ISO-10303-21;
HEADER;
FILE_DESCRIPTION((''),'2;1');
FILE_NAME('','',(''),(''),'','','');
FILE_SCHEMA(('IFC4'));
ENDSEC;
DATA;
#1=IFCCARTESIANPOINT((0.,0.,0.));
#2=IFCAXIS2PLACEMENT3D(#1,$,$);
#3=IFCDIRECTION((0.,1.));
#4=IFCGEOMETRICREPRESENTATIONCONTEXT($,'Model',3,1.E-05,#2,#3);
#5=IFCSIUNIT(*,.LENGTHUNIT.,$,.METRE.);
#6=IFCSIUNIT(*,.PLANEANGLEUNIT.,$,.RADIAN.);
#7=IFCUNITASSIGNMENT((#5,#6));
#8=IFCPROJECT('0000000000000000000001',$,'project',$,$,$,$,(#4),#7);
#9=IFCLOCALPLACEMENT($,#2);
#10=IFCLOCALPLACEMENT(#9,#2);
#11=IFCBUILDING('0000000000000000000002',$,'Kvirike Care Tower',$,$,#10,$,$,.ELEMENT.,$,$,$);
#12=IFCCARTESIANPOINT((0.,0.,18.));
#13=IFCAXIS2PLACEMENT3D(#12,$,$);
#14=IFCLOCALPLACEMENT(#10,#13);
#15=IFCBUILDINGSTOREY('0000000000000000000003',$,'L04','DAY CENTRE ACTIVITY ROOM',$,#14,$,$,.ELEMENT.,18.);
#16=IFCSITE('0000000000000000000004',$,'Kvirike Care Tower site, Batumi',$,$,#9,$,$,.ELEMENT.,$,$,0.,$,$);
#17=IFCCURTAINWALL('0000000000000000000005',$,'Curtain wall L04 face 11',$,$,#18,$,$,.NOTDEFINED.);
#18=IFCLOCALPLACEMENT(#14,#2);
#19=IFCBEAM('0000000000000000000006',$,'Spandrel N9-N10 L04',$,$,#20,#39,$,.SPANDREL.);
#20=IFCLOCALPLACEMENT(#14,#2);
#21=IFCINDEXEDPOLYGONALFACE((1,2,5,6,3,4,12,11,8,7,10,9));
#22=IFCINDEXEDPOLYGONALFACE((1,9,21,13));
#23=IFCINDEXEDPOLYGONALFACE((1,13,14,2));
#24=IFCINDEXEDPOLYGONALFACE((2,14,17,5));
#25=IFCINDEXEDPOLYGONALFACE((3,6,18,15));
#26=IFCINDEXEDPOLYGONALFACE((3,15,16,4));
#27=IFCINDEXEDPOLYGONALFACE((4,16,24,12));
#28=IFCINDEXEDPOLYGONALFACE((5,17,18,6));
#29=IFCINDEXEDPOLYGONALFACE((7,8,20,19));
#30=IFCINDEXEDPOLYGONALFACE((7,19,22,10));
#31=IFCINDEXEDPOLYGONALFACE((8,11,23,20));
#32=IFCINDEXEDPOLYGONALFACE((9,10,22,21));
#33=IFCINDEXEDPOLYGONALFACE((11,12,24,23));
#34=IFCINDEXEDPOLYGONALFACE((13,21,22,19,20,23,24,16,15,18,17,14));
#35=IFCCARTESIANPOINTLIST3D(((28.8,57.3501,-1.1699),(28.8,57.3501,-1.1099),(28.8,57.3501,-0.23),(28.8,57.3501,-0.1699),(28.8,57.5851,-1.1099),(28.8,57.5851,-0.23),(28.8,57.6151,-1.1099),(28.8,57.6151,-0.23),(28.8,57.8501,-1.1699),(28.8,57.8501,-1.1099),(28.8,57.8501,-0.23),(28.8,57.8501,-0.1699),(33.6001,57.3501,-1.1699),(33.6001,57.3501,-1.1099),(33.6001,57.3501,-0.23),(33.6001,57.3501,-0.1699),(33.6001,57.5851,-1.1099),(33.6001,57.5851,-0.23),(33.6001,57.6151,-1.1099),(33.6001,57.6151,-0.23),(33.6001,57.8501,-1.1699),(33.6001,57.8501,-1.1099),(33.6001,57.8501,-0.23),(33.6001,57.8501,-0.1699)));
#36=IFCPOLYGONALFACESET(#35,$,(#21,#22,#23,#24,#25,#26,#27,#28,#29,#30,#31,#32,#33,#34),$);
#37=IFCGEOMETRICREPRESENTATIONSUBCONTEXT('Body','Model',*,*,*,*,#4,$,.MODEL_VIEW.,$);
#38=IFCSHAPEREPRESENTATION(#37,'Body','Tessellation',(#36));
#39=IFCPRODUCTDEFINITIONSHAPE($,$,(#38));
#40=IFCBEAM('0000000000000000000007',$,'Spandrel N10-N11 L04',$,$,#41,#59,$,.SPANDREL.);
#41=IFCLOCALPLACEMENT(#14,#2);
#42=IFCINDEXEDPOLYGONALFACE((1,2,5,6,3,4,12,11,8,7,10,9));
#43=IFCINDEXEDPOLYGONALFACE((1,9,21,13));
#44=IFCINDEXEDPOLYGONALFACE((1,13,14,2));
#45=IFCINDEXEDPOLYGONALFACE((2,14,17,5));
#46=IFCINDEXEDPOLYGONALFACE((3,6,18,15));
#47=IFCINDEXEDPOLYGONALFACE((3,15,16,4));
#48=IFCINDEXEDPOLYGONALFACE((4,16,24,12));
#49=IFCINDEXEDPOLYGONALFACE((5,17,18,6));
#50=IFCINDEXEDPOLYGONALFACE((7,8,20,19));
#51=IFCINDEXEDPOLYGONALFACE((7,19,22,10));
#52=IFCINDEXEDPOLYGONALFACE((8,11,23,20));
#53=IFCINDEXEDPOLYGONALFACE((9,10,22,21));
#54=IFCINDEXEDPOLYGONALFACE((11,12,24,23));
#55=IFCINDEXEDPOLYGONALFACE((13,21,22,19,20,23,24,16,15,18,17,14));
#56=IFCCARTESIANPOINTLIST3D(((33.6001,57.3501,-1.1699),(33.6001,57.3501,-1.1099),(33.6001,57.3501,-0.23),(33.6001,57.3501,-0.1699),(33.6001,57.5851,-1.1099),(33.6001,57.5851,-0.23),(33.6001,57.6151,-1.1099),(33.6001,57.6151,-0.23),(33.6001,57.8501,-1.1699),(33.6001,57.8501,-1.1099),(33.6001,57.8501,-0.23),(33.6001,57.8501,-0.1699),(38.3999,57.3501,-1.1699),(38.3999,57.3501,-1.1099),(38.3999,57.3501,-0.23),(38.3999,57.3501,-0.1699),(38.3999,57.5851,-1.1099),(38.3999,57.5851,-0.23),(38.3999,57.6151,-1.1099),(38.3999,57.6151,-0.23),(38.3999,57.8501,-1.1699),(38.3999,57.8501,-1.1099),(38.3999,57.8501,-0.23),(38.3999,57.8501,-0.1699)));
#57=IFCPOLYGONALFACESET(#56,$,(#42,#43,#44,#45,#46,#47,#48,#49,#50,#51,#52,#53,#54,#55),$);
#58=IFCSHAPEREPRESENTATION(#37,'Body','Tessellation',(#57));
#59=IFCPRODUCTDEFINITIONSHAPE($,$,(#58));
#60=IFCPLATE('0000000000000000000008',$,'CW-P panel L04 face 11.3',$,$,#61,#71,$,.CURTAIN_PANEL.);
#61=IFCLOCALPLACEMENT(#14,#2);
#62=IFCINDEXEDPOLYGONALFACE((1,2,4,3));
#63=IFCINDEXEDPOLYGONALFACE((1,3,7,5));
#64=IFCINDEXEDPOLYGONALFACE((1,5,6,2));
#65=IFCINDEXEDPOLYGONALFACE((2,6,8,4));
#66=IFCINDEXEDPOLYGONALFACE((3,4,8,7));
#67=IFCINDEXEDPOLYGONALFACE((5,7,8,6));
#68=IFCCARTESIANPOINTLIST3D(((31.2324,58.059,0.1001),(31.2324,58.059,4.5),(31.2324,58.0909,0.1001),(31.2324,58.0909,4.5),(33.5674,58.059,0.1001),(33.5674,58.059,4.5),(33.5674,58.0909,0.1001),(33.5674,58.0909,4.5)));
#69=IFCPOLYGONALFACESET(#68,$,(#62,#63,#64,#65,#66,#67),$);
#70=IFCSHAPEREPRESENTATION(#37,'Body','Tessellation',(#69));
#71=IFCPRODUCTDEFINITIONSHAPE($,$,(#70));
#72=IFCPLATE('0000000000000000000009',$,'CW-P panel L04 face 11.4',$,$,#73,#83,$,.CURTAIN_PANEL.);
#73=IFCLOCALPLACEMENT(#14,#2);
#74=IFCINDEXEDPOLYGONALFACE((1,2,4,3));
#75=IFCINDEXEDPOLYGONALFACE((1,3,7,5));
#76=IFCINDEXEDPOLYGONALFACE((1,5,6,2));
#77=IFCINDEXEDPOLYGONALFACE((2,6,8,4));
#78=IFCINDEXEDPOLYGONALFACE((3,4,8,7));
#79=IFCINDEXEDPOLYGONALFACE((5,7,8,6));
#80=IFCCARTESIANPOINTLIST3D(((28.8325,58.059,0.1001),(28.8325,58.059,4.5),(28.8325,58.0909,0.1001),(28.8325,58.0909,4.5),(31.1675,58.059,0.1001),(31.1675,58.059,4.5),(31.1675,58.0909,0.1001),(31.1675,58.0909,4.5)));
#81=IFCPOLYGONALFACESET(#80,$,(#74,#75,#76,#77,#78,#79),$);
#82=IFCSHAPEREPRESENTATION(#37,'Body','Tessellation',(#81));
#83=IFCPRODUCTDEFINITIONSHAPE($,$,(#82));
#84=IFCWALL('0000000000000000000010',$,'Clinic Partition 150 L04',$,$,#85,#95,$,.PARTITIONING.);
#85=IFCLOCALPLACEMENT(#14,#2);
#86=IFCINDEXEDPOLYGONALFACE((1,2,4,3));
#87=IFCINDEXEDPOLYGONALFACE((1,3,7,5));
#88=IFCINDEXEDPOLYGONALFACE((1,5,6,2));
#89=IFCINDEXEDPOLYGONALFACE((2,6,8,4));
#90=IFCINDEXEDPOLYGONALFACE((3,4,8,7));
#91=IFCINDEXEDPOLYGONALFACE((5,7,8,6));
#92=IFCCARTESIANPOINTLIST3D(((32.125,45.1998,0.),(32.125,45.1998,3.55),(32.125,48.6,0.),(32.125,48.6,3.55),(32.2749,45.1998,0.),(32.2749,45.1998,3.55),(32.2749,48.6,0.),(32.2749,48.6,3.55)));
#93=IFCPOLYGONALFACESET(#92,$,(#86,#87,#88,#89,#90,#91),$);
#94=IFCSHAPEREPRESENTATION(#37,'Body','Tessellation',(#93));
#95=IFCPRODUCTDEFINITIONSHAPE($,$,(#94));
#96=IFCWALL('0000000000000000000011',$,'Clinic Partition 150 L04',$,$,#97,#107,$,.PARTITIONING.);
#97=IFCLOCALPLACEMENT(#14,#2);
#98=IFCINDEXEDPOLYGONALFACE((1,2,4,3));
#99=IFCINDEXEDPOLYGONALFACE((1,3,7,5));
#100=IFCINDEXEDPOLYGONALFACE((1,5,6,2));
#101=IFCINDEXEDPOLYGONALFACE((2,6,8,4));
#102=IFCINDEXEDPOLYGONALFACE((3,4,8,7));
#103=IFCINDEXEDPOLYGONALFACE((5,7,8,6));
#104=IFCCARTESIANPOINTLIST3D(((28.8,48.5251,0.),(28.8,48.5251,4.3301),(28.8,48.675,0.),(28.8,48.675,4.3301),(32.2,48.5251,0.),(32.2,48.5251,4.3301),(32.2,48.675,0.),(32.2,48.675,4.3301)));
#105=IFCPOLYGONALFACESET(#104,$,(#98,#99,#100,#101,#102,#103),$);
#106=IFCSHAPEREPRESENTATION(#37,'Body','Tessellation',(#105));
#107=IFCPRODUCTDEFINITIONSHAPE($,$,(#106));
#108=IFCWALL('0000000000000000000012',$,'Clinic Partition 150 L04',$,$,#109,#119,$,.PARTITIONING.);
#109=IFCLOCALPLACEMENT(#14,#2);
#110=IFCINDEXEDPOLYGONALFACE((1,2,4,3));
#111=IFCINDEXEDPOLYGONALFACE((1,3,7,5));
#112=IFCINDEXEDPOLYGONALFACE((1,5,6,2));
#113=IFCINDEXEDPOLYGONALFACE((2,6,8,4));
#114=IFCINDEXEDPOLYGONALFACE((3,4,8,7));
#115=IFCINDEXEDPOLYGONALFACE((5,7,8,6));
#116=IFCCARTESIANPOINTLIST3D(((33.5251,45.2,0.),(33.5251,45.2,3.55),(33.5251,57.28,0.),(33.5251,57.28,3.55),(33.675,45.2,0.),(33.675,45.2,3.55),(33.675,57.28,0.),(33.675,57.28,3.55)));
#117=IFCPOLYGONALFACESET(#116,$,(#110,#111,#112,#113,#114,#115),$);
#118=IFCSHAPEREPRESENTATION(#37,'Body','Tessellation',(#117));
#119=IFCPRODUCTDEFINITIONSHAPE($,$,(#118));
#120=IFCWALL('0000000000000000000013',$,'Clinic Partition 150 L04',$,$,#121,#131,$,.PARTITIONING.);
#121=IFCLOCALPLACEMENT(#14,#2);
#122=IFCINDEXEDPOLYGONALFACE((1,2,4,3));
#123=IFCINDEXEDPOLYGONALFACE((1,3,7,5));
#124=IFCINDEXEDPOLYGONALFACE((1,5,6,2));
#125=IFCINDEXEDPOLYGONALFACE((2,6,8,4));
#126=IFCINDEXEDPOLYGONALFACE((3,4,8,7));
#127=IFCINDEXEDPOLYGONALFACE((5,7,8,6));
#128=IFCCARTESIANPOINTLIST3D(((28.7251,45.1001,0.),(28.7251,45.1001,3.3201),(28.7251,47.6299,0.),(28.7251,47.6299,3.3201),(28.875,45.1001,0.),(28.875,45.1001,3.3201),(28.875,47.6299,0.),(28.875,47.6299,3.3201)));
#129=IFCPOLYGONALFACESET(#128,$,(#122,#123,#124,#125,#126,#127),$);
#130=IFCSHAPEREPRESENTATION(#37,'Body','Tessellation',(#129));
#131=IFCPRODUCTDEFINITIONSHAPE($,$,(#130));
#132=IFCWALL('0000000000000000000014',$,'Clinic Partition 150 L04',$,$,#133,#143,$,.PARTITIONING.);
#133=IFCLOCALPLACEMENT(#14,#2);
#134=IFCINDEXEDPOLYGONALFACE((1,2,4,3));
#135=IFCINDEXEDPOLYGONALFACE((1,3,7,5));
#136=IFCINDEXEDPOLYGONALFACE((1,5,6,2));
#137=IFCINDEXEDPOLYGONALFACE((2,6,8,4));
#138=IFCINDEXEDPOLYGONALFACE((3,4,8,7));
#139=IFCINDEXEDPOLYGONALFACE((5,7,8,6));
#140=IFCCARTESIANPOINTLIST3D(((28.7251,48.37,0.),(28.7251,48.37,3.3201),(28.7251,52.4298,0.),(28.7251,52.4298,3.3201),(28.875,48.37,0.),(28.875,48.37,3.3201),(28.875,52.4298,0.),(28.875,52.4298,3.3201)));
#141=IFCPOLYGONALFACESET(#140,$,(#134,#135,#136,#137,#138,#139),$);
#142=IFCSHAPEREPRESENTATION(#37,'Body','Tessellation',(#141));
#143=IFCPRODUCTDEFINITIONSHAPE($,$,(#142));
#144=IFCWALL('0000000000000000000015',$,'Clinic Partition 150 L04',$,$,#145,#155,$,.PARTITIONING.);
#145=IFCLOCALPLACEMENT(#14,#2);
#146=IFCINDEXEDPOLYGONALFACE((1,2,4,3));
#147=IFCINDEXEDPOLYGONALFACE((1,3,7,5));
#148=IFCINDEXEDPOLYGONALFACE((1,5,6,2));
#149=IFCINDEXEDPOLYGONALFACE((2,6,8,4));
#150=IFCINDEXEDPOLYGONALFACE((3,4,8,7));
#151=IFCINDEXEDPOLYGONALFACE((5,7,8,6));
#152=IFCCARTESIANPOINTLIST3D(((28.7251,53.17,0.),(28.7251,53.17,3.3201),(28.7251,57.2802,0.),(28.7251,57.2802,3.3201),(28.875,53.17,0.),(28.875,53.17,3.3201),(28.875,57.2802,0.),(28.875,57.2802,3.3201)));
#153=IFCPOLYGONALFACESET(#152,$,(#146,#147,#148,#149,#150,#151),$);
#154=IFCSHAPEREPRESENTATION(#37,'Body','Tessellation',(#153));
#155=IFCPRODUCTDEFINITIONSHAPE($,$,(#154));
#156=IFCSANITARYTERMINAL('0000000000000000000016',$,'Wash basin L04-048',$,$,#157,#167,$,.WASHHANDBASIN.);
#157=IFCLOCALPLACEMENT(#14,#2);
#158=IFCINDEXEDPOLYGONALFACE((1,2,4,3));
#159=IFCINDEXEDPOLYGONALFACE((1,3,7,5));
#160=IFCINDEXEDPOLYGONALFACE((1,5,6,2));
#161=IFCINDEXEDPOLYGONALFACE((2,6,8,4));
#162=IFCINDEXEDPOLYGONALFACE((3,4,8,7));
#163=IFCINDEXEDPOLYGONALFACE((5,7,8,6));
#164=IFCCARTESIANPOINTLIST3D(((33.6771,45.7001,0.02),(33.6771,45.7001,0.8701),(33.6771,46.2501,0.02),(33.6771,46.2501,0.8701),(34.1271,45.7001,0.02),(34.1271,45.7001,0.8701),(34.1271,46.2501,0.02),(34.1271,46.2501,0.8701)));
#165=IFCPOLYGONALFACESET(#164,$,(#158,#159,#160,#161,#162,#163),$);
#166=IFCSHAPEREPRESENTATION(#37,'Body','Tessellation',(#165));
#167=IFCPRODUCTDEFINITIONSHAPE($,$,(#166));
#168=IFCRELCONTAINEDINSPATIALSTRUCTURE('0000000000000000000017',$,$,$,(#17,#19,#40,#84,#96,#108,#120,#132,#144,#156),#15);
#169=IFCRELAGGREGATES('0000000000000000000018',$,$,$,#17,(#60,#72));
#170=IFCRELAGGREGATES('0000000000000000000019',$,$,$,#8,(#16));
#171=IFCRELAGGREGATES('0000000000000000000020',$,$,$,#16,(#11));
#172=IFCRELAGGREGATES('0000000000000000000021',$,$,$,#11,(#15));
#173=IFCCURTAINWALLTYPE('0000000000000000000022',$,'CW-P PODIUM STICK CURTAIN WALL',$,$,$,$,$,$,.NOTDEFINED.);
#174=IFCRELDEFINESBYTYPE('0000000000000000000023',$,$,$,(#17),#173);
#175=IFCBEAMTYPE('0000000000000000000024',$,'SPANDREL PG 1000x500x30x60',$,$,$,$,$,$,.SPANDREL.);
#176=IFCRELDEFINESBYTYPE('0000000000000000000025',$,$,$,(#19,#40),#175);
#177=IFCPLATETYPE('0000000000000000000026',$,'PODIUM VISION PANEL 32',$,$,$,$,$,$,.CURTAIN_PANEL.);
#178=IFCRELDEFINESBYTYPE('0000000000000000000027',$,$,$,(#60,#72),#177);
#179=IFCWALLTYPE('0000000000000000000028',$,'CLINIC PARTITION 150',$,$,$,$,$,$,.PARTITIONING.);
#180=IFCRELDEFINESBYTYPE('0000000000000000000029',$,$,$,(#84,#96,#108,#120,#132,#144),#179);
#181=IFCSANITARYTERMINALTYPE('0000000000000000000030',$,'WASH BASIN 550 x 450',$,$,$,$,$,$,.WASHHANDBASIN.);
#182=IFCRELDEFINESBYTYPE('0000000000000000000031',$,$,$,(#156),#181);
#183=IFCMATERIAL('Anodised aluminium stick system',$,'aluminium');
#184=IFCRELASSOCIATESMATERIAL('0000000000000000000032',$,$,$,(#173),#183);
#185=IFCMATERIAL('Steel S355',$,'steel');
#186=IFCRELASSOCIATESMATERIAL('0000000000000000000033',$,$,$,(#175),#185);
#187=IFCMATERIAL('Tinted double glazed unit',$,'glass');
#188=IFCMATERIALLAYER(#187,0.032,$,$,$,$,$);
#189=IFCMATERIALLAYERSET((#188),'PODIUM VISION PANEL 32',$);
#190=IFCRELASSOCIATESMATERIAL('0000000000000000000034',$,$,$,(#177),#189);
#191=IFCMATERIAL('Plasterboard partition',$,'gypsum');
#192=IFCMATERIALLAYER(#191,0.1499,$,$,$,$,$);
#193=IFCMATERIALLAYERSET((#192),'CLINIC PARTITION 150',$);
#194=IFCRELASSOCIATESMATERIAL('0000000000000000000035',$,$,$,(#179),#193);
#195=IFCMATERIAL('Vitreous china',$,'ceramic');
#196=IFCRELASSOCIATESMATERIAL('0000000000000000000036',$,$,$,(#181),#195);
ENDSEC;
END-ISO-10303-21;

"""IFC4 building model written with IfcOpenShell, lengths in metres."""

from ifc_helpers import new_model, si_unit, direction, frame, frame_2d, origin, origin_2d, place, context, subcontext, project, spatial, rectangle, i_section, extrude, material, layer, layer_set, material_profile, profile_set, type_object, element, aggregate, save


model = new_model("IFC4")

# Units and contexts
model_context = context("Model", 3, precision=1e-05, world=origin(), true_north=direction((0.0, 1.0)))
body_context = subcontext(model_context, "Body", "Model", "MODEL_VIEW")
ifc_project = project(units=[si_unit("LENGTHUNIT", "METRE"), si_unit("PLANEANGLEUNIT", "RADIAN")], contexts=[model_context])

# Site, building, storey
site_placement = place(None, origin())
site = spatial("IfcSite", under=ifc_project, at=site_placement, Name="Kvirike Care Tower site, Batumi", CompositionType="ELEMENT", RefElevation=0.0)
building_placement = place(site_placement, origin())
building = spatial("IfcBuilding", under=site, at=building_placement, Name="Kvirike Care Tower", CompositionType="ELEMENT")
storey_placement = place(building_placement, frame((0.0, 0.0, 18.0)))
storey = spatial("IfcBuildingStorey", under=building, at=storey_placement, Name="L04", Description="DAY CENTRE ACTIVITY ROOM", CompositionType="ELEMENT", Elevation=18.0)

# Curtain wall
ifc_material_1 = material(Name="Anodised aluminium stick system", Category="aluminium")
curtain_wall_type = type_object("IfcCurtainWallType", Name="CW-P PODIUM STICK CURTAIN WALL", PredefinedType="NOTDEFINED", material=ifc_material_1)
curtain_wall_placement = place(storey_placement, origin())
curtain_wall = element("IfcCurtainWall", 1, at=curtain_wall_placement, inside=storey, type_object=curtain_wall_type, Name="Curtain wall L04 face 11", PredefinedType="NOTDEFINED")

# Beams
ifc_material_2 = material(Name="Steel S355", Category="steel")
ifc_material_profile_1 = material_profile(ifc_material_2, i_section(OverallWidth=0.5, OverallDepth=1.0, WebThickness=0.03, FlangeThickness=0.0601, at=origin_2d()), Name="PG 1000x500x30x60")
ifc_profile_set_1 = profile_set([ifc_material_profile_1], Name="Steel S355")
beam_type_1 = type_object("IfcBeamType", Name="SPANDREL PG 1000x500x30x60", PredefinedType="SPANDREL", material=ifc_profile_set_1)
beam_1_placement = place(storey_placement, frame((28.8, 57.6001, -0.6699), z_axis=(1.0, 0.0, 0.0), x_axis=(0.0, 1.0, 0.0)))
element("IfcBeam", 2, at=beam_1_placement, inside=storey, type_object=beam_type_1, Name="Spandrel N9-N10 L04", PredefinedType="SPANDREL", context=body_context, shape_type="SweptSolid", body=[
    extrude(i_section(OverallWidth=0.5, OverallDepth=1.0, WebThickness=0.03, FlangeThickness=0.0601, at=origin_2d()), origin(), (0.0, 0.0, 1.0), 4.8),
])
beam_2_placement = place(storey_placement, frame((33.6001, 57.6001, -0.6699), z_axis=(1.0, 0.0, 0.0), x_axis=(0.0, 1.0, 0.0)))
element("IfcBeam", 3, at=beam_2_placement, inside=storey, type_object=beam_type_1, Name="Spandrel N10-N11 L04", PredefinedType="SPANDREL", context=body_context, shape_type="SweptSolid", body=[
    extrude(i_section(OverallWidth=0.5, OverallDepth=1.0, WebThickness=0.03, FlangeThickness=0.0601, at=origin_2d()), origin(), (0.0, 0.0, 1.0), 4.7998),
])

# Plates
ifc_material_3 = material(Name="Tinted double glazed unit", Category="glass")
ifc_layer_1 = layer(ifc_material_3, 0.032)
ifc_layer_set_1 = layer_set([ifc_layer_1], Name="PODIUM VISION PANEL 32")
plate_type = type_object("IfcPlateType", Name="PODIUM VISION PANEL 32", PredefinedType="CURTAIN_PANEL", material=ifc_layer_set_1)
plate_1_placement = place(storey_placement, frame((32.3999, 58.075, 0.1001), z_axis=(0.0, 0.0, 1.0), x_axis=(-1.0, 0.0, 0.0)))
plate_1 = element("IfcPlate", 4, at=plate_1_placement, type_object=plate_type, Name="CW-P panel L04 face 11.3", PredefinedType="CURTAIN_PANEL", context=body_context, shape_type="SweptSolid", body=[
    extrude(rectangle(XDim=2.335, YDim=0.032, at=origin_2d()), origin(), (0.0, 0.0, 1.0), 4.3999),
])
plate_2_placement = place(storey_placement, frame((30.0, 58.075, 0.1001), z_axis=(0.0, 0.0, 1.0), x_axis=(-1.0, 0.0, 0.0)))
plate_2 = element("IfcPlate", 5, at=plate_2_placement, type_object=plate_type, Name="CW-P panel L04 face 11.4", PredefinedType="CURTAIN_PANEL", context=body_context, shape_type="SweptSolid", body=[
    extrude(rectangle(XDim=2.335, YDim=0.032, at=origin_2d()), origin(), (0.0, 0.0, 1.0), 4.3999),
])
aggregate(curtain_wall, [plate_1, plate_2])

# Walls
ifc_material_4 = material(Name="Plasterboard partition", Category="gypsum")
ifc_layer_2 = layer(ifc_material_4, 0.1499)
ifc_layer_set_2 = layer_set([ifc_layer_2], Name="CLINIC PARTITION 150")
wall_type_1 = type_object("IfcWallType", Name="CLINIC PARTITION 150", PredefinedType="PARTITIONING", material=ifc_layer_set_2)
wall_1_placement = place(storey_placement, frame((32.2, 48.6001, 0.0), z_axis=(0.0, 0.0, 1.0), x_axis=(0.0, -1.0, 0.0)))
element("IfcWall", 6, at=wall_1_placement, inside=storey, type_object=wall_type_1, Name="Clinic Partition 150 L04", PredefinedType="PARTITIONING", context=body_context, shape_type="SweptSolid", body=[
    extrude(rectangle(XDim=3.4001, YDim=0.1499, at=frame_2d((1.7002, 0.0))), origin(), (0.0, 0.0, 1.0), 3.55),
])
wall_2_placement = place(storey_placement, frame((32.2, 48.6001, 0.0), z_axis=(0.0, 0.0, 1.0), x_axis=(-1.0, 0.0, 0.0)))
element("IfcWall", 7, at=wall_2_placement, inside=storey, type_object=wall_type_1, Name="Clinic Partition 150 L04", PredefinedType="PARTITIONING", context=body_context, shape_type="SweptSolid", body=[
    extrude(rectangle(XDim=3.3999, YDim=0.1499, at=frame_2d((1.7, 0.0))), origin(), (0.0, 0.0, 1.0), 4.3301),
])
wall_3_placement = place(storey_placement, frame((33.6001, 57.28, 0.0), z_axis=(0.0, 0.0, 1.0), x_axis=(0.0, -1.0, 0.0)))
element("IfcWall", 8, at=wall_3_placement, inside=storey, type_object=wall_type_1, Name="Clinic Partition 150 L04", PredefinedType="PARTITIONING", context=body_context, shape_type="SweptSolid", body=[
    extrude(rectangle(XDim=12.0801, YDim=0.1499, at=frame_2d((6.04, 0.0))), origin(), (0.0, 0.0, 1.0), 3.55),
])
wall_4_placement = place(storey_placement, frame((28.8, 45.1001, 0.0), z_axis=(0.0, 0.0, 1.0), x_axis=(0.0, 1.0, 0.0)))
element("IfcWall", 9, at=wall_4_placement, inside=storey, type_object=wall_type_1, Name="Clinic Partition 150 L04", PredefinedType="PARTITIONING", context=body_context, shape_type="SweptSolid", body=[
    extrude(rectangle(XDim=2.5298, YDim=0.1499, at=frame_2d((1.2649, 0.0))), origin(), (0.0, 0.0, 1.0), 3.3201),
])
wall_5_placement = place(storey_placement, frame((28.8, 48.3701, 0.0), z_axis=(0.0, 0.0, 1.0), x_axis=(0.0, 1.0, 0.0)))
element("IfcWall", 10, at=wall_5_placement, inside=storey, type_object=wall_type_1, Name="Clinic Partition 150 L04", PredefinedType="PARTITIONING", context=body_context, shape_type="SweptSolid", body=[
    extrude(rectangle(XDim=4.0598, YDim=0.1499, at=frame_2d((2.0298, 0.0))), origin(), (0.0, 0.0, 1.0), 3.3201),
])
wall_6_placement = place(storey_placement, frame((28.8, 53.1699, 0.0), z_axis=(0.0, 0.0, 1.0), x_axis=(0.0, 1.0, 0.0)))
element("IfcWall", 11, at=wall_6_placement, inside=storey, type_object=wall_type_1, Name="Clinic Partition 150 L04", PredefinedType="PARTITIONING", context=body_context, shape_type="SweptSolid", body=[
    extrude(rectangle(XDim=4.1101, YDim=0.1499, at=frame_2d((2.0552, 0.0))), origin(), (0.0, 0.0, 1.0), 3.3201),
])

# Sanitary terminal
ifc_material_5 = material(Name="Vitreous china", Category="ceramic")
sanitary_terminal_type = type_object("IfcSanitaryTerminalType", Name="WASH BASIN 550 x 450", PredefinedType="WASHHANDBASIN", material=ifc_material_5)
sanitary_terminal_placement = place(storey_placement, frame((33.9021, 45.9751, 0.02), z_axis=(0.0, 0.0, 1.0), x_axis=(0.0, 1.0, 0.0)))
element("IfcSanitaryTerminal", 12, at=sanitary_terminal_placement, inside=storey, type_object=sanitary_terminal_type, Name="Wash basin L04-048", PredefinedType="WASHHANDBASIN", context=body_context, shape_type="SweptSolid", body=[
    extrude(rectangle(XDim=0.55, YDim=0.45, at=origin_2d()), origin(), (0.0, 0.0, 1.0), 0.8501),
])

save(model, "model.ifc")
